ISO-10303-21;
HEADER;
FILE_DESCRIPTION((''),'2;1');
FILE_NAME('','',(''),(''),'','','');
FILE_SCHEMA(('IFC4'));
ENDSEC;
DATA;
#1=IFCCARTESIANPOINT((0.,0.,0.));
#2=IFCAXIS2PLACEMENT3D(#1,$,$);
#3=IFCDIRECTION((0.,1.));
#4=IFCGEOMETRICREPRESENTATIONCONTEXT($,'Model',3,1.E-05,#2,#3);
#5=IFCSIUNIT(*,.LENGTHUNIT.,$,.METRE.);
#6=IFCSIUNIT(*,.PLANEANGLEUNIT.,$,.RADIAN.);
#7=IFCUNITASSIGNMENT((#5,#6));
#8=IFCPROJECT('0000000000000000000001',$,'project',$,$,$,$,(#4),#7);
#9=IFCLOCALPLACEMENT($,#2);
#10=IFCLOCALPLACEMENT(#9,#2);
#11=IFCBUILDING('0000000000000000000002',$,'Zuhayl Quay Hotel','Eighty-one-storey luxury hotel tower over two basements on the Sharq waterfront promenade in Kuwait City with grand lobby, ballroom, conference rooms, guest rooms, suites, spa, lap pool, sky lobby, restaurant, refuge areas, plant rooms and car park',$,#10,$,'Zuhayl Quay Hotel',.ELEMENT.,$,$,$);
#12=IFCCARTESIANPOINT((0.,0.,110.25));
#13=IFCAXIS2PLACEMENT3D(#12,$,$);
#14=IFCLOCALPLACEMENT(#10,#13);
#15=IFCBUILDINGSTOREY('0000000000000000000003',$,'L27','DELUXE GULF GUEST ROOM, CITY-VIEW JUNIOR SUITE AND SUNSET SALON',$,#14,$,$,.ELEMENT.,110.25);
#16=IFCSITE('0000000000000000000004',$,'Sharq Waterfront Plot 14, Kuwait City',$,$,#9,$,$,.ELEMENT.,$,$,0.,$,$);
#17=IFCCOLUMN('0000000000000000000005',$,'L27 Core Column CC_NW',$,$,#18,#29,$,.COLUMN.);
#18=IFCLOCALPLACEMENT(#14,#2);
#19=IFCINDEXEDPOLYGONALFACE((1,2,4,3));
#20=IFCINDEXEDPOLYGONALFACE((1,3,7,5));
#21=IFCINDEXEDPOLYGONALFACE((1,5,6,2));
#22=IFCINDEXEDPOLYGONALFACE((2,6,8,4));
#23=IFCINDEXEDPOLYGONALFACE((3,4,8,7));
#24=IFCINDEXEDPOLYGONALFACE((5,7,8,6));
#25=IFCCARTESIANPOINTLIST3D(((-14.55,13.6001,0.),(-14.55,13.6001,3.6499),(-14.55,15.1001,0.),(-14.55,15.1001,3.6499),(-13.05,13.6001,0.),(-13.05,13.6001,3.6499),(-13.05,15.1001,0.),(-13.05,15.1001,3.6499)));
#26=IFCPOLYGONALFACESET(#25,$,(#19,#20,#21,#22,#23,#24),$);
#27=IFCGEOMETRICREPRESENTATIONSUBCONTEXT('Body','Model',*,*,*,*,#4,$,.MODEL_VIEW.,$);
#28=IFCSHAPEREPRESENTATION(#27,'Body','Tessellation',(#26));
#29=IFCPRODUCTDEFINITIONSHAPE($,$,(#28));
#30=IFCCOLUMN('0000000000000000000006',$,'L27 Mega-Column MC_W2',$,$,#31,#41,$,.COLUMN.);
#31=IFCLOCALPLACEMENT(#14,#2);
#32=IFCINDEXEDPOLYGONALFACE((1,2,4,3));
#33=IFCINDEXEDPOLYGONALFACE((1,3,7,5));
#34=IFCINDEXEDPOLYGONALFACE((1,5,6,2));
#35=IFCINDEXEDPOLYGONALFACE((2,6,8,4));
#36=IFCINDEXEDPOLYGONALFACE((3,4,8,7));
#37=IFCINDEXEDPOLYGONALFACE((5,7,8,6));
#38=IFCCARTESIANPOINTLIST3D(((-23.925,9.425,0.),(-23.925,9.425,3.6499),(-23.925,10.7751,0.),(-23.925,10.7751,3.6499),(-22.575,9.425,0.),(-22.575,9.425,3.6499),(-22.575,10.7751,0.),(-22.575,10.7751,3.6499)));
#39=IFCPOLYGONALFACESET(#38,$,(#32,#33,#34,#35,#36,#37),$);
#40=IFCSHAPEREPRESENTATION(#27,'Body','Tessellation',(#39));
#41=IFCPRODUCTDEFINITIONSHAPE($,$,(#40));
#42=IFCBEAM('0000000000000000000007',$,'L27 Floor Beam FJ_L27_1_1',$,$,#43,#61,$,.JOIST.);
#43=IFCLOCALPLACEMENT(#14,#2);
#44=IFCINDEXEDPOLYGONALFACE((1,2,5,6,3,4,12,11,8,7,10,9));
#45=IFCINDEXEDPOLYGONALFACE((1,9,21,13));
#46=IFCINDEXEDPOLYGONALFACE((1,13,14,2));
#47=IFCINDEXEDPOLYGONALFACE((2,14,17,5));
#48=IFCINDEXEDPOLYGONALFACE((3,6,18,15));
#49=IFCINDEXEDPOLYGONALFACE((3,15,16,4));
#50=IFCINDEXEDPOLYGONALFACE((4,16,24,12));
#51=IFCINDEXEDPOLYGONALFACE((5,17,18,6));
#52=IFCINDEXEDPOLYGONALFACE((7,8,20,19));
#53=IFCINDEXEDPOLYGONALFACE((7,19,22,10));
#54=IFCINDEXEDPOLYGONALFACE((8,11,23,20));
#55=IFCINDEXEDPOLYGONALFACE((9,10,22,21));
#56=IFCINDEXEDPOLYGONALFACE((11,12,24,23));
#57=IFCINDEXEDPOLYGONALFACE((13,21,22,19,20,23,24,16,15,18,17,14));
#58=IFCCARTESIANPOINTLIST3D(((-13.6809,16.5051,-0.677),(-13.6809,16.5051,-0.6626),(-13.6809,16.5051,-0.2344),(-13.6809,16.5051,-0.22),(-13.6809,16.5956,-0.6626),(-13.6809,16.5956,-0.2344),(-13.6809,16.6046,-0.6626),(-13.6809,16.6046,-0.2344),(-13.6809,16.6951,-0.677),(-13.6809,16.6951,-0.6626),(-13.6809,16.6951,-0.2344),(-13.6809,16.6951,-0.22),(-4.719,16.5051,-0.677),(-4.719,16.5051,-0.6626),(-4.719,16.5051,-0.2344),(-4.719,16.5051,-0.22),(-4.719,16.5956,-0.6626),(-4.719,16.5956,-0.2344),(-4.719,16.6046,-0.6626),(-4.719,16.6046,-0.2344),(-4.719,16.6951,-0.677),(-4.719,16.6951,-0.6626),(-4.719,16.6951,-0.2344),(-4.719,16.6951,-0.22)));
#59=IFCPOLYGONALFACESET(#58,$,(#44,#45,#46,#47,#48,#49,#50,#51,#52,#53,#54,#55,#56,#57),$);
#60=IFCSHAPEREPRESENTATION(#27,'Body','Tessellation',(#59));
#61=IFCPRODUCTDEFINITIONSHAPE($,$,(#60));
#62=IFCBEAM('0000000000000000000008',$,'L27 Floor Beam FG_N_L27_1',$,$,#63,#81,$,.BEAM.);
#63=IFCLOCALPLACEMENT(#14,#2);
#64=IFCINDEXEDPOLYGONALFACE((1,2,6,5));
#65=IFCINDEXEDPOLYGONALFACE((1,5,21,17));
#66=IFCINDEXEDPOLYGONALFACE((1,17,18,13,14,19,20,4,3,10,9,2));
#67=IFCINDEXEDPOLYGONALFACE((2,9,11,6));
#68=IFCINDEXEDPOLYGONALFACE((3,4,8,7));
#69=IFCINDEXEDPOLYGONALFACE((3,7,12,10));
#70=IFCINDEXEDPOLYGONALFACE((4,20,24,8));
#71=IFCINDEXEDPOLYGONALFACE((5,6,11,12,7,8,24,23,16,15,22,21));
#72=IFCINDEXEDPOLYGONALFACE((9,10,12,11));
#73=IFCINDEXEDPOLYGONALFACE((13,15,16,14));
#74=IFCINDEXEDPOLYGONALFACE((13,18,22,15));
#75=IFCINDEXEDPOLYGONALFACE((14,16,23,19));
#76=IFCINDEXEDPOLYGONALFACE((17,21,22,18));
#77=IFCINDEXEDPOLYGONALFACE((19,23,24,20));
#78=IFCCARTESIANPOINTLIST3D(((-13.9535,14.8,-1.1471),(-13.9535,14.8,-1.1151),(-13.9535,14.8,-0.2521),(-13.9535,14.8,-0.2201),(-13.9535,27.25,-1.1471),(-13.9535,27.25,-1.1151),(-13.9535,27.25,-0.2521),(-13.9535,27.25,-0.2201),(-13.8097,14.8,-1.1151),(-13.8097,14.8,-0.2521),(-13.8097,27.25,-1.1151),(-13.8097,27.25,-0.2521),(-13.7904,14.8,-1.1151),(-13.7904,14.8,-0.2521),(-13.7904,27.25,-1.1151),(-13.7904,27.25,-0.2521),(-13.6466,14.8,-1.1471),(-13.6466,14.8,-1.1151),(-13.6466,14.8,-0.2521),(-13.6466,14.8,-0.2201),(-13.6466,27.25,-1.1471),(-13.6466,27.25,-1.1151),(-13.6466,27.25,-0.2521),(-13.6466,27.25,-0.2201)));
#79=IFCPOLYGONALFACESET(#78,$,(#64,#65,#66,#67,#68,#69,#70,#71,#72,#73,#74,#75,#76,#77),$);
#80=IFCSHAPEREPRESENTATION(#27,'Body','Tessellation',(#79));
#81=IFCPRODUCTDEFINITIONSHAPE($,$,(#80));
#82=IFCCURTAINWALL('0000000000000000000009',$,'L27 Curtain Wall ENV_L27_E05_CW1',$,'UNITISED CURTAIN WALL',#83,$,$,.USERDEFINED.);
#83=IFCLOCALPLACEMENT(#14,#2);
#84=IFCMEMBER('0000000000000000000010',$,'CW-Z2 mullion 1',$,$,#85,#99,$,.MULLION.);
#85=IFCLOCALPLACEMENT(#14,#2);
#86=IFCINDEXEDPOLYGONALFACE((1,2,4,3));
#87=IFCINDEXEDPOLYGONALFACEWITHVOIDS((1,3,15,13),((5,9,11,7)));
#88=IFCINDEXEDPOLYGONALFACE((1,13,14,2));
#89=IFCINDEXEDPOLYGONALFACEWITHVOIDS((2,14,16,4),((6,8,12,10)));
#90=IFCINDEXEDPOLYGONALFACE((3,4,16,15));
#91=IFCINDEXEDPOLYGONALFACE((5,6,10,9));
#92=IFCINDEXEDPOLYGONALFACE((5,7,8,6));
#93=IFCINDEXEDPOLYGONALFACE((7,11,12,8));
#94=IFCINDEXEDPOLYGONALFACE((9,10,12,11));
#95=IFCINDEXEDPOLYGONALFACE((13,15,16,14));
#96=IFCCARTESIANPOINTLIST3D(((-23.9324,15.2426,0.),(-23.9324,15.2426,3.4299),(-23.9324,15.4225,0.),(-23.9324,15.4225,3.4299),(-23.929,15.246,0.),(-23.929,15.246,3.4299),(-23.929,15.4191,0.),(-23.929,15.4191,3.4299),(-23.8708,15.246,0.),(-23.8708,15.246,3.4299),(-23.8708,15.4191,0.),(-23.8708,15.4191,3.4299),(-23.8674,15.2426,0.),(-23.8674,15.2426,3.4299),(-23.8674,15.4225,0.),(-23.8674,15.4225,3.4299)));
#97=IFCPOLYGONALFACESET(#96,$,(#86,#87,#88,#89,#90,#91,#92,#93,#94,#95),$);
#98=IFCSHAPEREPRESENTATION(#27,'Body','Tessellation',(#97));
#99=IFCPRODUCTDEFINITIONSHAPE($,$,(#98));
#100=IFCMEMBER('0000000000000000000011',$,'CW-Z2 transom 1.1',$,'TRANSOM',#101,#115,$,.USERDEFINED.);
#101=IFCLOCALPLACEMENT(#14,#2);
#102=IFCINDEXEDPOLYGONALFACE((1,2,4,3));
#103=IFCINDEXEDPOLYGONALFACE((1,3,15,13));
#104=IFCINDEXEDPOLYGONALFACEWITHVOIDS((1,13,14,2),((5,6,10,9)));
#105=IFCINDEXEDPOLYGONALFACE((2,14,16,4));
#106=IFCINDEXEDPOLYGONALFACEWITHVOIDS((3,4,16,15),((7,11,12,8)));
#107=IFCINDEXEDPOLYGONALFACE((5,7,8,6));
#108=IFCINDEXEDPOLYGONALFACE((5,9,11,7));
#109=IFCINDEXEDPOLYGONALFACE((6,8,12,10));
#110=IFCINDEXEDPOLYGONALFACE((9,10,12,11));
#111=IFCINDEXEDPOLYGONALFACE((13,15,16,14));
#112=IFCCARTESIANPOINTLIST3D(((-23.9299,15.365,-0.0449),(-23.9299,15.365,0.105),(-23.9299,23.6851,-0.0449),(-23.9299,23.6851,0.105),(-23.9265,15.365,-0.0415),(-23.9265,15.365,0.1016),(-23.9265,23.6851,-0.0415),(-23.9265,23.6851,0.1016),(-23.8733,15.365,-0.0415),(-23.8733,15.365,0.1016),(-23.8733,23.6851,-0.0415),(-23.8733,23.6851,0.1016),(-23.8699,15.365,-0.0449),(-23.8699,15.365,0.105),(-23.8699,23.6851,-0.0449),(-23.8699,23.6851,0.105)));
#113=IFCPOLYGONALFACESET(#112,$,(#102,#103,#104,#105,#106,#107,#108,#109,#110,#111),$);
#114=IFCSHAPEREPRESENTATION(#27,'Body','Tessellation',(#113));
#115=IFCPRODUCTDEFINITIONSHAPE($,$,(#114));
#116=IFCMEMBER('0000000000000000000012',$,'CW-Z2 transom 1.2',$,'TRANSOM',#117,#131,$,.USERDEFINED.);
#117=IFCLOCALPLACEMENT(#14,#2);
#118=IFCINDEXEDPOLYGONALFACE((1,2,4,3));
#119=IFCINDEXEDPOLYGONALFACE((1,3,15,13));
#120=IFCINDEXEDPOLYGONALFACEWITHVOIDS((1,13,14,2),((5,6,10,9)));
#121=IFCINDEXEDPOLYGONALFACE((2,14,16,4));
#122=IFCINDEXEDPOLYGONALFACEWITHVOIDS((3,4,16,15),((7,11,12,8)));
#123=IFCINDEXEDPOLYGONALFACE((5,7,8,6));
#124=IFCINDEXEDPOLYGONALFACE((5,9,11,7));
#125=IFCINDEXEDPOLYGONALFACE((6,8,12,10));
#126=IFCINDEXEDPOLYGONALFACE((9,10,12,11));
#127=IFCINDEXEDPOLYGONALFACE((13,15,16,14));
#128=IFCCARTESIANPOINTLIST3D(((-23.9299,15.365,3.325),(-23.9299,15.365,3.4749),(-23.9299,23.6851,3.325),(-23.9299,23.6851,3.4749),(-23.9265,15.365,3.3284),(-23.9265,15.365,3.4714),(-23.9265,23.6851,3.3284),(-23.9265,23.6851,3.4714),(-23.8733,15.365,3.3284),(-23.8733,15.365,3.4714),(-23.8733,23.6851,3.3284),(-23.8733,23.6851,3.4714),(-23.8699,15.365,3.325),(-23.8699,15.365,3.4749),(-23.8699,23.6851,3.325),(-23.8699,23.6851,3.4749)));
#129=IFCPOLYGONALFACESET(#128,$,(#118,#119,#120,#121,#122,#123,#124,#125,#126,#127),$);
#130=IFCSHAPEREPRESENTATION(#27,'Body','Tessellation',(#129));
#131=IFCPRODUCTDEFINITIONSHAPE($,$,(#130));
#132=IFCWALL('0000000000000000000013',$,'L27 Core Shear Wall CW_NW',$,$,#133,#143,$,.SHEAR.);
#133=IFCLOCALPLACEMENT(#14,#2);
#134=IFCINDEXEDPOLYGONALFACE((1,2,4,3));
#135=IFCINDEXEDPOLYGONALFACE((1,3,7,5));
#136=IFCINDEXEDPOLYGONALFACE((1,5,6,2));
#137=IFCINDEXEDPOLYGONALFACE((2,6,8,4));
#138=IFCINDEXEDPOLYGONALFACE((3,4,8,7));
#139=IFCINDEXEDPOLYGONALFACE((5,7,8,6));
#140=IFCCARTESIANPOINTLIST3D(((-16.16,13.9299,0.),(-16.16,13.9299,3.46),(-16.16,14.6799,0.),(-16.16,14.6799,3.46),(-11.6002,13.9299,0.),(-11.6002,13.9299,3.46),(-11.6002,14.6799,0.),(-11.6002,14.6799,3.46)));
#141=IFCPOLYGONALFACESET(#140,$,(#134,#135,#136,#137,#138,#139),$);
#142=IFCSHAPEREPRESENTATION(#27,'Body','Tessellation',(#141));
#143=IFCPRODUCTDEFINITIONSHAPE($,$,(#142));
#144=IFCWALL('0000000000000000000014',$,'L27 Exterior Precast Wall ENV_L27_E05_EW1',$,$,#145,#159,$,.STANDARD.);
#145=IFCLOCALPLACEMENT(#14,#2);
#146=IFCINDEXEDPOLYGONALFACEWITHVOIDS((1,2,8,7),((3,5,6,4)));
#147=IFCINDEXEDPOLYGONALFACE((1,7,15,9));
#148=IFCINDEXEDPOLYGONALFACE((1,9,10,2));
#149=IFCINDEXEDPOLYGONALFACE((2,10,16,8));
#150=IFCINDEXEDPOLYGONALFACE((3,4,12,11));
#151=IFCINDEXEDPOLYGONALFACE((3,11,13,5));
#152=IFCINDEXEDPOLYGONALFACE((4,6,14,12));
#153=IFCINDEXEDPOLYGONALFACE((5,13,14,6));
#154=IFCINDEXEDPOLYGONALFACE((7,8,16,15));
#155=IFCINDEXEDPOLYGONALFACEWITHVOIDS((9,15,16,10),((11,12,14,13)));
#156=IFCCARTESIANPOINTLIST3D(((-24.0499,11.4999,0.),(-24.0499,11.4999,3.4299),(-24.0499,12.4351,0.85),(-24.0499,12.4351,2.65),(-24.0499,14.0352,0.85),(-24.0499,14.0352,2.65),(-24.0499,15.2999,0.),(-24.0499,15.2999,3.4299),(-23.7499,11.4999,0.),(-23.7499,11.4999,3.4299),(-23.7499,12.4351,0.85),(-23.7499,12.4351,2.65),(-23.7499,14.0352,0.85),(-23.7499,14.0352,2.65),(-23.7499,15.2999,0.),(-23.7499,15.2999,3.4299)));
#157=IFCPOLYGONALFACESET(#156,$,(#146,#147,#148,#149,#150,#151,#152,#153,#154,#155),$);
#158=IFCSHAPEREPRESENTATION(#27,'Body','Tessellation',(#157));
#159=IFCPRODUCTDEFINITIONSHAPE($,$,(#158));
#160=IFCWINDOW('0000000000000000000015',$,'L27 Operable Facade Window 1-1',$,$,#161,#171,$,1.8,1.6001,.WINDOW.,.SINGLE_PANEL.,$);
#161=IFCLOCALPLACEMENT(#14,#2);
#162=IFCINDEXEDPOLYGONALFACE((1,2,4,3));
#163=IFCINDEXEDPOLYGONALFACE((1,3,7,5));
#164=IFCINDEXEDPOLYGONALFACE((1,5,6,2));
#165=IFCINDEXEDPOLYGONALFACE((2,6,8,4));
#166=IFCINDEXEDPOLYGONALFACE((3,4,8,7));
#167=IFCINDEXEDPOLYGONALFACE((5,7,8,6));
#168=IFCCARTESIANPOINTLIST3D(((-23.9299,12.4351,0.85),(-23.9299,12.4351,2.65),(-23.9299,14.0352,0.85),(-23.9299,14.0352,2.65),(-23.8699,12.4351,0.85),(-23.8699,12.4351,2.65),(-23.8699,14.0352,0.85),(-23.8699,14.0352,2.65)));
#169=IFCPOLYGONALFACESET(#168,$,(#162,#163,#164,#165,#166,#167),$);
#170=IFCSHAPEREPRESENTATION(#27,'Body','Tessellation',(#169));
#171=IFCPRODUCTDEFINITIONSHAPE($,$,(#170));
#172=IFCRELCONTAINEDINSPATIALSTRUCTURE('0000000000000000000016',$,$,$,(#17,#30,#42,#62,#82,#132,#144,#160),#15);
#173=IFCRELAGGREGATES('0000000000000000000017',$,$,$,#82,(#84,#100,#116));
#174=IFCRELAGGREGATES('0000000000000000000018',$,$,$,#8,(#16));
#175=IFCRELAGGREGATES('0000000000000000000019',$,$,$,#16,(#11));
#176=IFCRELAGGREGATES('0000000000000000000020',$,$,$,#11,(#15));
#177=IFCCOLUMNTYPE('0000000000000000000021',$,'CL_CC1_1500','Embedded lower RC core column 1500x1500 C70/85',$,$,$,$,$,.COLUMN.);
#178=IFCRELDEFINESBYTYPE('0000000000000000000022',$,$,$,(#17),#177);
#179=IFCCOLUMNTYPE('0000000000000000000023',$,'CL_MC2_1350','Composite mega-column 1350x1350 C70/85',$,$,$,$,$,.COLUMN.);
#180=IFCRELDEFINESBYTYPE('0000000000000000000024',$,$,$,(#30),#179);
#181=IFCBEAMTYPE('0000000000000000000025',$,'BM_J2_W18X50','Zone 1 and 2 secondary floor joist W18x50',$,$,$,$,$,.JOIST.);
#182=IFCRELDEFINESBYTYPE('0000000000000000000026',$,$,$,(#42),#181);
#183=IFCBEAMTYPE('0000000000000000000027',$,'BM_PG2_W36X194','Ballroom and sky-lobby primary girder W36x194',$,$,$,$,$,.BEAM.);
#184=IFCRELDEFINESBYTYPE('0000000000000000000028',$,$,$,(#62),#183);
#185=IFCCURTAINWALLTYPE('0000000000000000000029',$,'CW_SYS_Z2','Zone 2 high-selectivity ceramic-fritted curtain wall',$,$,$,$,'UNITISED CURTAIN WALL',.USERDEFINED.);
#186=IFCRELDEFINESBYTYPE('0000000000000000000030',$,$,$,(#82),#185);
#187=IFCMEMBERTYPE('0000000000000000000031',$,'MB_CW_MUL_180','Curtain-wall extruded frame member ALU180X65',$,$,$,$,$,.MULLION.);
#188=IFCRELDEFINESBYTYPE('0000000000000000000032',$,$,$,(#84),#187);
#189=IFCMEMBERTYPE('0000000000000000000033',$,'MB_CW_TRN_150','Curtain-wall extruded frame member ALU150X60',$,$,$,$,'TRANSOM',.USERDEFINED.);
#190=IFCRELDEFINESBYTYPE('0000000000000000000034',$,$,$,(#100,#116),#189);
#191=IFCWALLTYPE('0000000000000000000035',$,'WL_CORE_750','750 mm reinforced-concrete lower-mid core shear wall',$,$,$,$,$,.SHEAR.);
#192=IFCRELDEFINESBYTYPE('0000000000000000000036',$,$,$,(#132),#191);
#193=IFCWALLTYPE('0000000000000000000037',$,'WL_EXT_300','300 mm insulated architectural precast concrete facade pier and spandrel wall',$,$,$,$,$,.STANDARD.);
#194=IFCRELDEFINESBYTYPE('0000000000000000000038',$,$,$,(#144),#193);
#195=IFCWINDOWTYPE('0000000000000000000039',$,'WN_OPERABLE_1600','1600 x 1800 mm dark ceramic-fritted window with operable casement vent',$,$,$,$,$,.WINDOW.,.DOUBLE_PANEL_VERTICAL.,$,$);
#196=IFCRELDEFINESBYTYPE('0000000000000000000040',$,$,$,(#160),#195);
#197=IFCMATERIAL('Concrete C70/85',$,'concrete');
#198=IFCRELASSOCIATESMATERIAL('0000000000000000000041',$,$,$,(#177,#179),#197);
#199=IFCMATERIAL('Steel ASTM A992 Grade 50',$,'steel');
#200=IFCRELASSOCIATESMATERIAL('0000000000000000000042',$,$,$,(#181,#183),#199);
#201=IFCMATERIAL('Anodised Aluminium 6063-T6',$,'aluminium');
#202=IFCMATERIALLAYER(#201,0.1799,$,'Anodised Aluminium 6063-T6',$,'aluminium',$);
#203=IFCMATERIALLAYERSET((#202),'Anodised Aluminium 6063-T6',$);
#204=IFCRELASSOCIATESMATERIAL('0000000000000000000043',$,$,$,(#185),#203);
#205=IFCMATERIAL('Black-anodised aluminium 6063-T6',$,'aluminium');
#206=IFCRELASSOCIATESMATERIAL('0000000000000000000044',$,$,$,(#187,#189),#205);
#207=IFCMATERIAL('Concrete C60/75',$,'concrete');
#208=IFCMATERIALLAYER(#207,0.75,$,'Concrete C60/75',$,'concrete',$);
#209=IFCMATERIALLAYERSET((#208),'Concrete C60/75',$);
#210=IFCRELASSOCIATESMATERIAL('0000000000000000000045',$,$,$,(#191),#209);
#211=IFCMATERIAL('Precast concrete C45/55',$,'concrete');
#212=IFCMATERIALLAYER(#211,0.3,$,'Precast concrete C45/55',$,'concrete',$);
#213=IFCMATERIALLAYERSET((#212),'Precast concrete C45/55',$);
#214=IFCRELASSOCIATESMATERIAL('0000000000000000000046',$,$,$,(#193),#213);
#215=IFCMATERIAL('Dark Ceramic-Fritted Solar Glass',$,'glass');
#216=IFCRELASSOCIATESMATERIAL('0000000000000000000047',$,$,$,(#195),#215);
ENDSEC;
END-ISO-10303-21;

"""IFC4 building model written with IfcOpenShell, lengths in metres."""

from ifc_helpers import new_model, si_unit, direction, frame, frame_2d, origin, origin_2d, place, context, subcontext, project, spatial, rectangle, hollow_rectangle, i_section, extrude, material, layer, layer_set, material_profile, profile_set, type_object, element, fill, aggregate, save


model = new_model("IFC4")

# Units and contexts
model_context = context("Model", 3, precision=1e-05, world=origin(), true_north=direction((0.0, 1.0)))
body_context = subcontext(model_context, "Body", "Model", "MODEL_VIEW")
ifc_project = project(units=[si_unit("LENGTHUNIT", "METRE"), si_unit("PLANEANGLEUNIT", "RADIAN")], contexts=[model_context])

# Site, building, storey
site_placement = place(None, origin())
site = spatial("IfcSite", under=ifc_project, at=site_placement, Name="Sharq Waterfront Plot 14, Kuwait City", CompositionType="ELEMENT", RefElevation=0.0)
building_placement = place(site_placement, origin())
building = spatial("IfcBuilding", under=site, at=building_placement, Name="Zuhayl Quay Hotel", Description="Eighty-one-storey luxury hotel tower over two basements on the Sharq waterfront promenade in Kuwait City with grand lobby, ballroom, conference rooms, guest rooms, suites, spa, lap pool, sky lobby, restaurant, refuge areas, plant rooms and car park", LongName="Zuhayl Quay Hotel", CompositionType="ELEMENT")
storey_placement = place(building_placement, frame((0.0, 0.0, 110.25)))
storey = spatial("IfcBuildingStorey", under=building, at=storey_placement, Name="L27", Description="DELUXE GULF GUEST ROOM, CITY-VIEW JUNIOR SUITE AND SUNSET SALON", CompositionType="ELEMENT", Elevation=110.25)

# Columns
ifc_material_1 = material(Name="Concrete C70/85", Category="concrete")
ifc_material_profile_1 = material_profile(ifc_material_1, rectangle(XDim=1.5, YDim=1.5, at=origin_2d()), Name="RC1500X1500")
ifc_profile_set_1 = profile_set([ifc_material_profile_1], Name="Concrete C70/85")
column_type_1 = type_object("IfcColumnType", Name="CL_CC1_1500", Description="Embedded lower RC core column 1500x1500 C70/85", PredefinedType="COLUMN", material=ifc_profile_set_1)
column_1_placement = place(storey_placement, frame((-13.8, 14.3501, 0.0), z_axis=(0.0, 0.0, 1.0), x_axis=(1.0, 0.0, 0.0)))
element("IfcColumn", 1, at=column_1_placement, inside=storey, type_object=column_type_1, Name="L27 Core Column CC_NW", PredefinedType="COLUMN", context=body_context, shape_type="SweptSolid", body=[
    extrude(rectangle(XDim=1.5, YDim=1.5, at=origin_2d()), origin(), (0.0, 0.0, 1.0), 3.6499),
])
ifc_material_profile_2 = material_profile(ifc_material_1, rectangle(XDim=1.3501, YDim=1.3501, at=origin_2d()), Name="RC1350X1350")
ifc_profile_set_2 = profile_set([ifc_material_profile_2], Name="Concrete C70/85")
column_type_2 = type_object("IfcColumnType", Name="CL_MC2_1350", Description="Composite mega-column 1350x1350 C70/85", PredefinedType="COLUMN", material=ifc_profile_set_2)
column_2_placement = place(storey_placement, frame((-23.25, 10.1001, 0.0), z_axis=(0.0, 0.0, 1.0), x_axis=(1.0, 0.0, 0.0)))
element("IfcColumn", 2, at=column_2_placement, inside=storey, type_object=column_type_2, Name="L27 Mega-Column MC_W2", PredefinedType="COLUMN", context=body_context, shape_type="SweptSolid", body=[
    extrude(rectangle(XDim=1.3501, YDim=1.3501, at=origin_2d()), origin(), (0.0, 0.0, 1.0), 3.6499),
])

# Beams
ifc_material_2 = material(Name="Steel ASTM A992 Grade 50", Category="steel")
ifc_material_profile_3 = material_profile(ifc_material_2, i_section(OverallWidth=0.1899, OverallDepth=0.457, WebThickness=0.009, FlangeThickness=0.0144, at=origin_2d()), Name="W18X50")
ifc_profile_set_3 = profile_set([ifc_material_profile_3], Name="Steel ASTM A992 Grade 50")
beam_type_1 = type_object("IfcBeamType", Name="BM_J2_W18X50", Description="Zone 1 and 2 secondary floor joist W18x50", PredefinedType="JOIST", material=ifc_profile_set_3)
beam_1_placement = place(storey_placement, frame((-13.6809, 16.6001, -0.4485), z_axis=(1.0, 0.0, 0.0), x_axis=(0.0, 1.0, 0.0)))
element("IfcBeam", 3, at=beam_1_placement, inside=storey, type_object=beam_type_1, Name="L27 Floor Beam FJ_L27_1_1", PredefinedType="JOIST", context=body_context, shape_type="SweptSolid", body=[
    extrude(i_section(OverallWidth=0.1899, OverallDepth=0.457, WebThickness=0.009, FlangeThickness=0.0144, at=origin_2d()), origin(), (0.0, 0.0, 1.0), 8.9619),
])
ifc_material_profile_4 = material_profile(ifc_material_2, i_section(OverallWidth=0.3069, OverallDepth=0.927, WebThickness=0.0193, FlangeThickness=0.032, at=origin_2d()), Name="W36X194")
ifc_profile_set_4 = profile_set([ifc_material_profile_4], Name="Steel ASTM A992 Grade 50")
beam_type_2 = type_object("IfcBeamType", Name="BM_PG2_W36X194", Description="Ballroom and sky-lobby primary girder W36x194", PredefinedType="BEAM", material=ifc_profile_set_4)
beam_2_placement = place(storey_placement, frame((-13.8, 14.8, -0.6836), z_axis=(0.0, 1.0, 0.0), x_axis=(-1.0, 0.0, 0.0)))
element("IfcBeam", 4, at=beam_2_placement, inside=storey, type_object=beam_type_2, Name="L27 Floor Beam FG_N_L27_1", PredefinedType="BEAM", context=body_context, shape_type="SweptSolid", body=[
    extrude(i_section(OverallWidth=0.3069, OverallDepth=0.927, WebThickness=0.0193, FlangeThickness=0.032, at=origin_2d()), origin(), (0.0, 0.0, 1.0), 12.45),
])

# Curtain wall, members
ifc_material_3 = material(Name="Anodised Aluminium 6063-T6", Category="aluminium")
ifc_layer_1 = layer(ifc_material_3, 0.1799, Name="Anodised Aluminium 6063-T6", Category="aluminium")
ifc_layer_set_1 = layer_set([ifc_layer_1], Name="Anodised Aluminium 6063-T6")
curtain_wall_type = type_object("IfcCurtainWallType", Name="CW_SYS_Z2", Description="Zone 2 high-selectivity ceramic-fritted curtain wall", ElementType="UNITISED CURTAIN WALL", PredefinedType="USERDEFINED", material=ifc_layer_set_1)
curtain_wall_placement = place(storey_placement, origin())
curtain_wall = element("IfcCurtainWall", 5, at=curtain_wall_placement, inside=storey, type_object=curtain_wall_type, Name="L27 Curtain Wall ENV_L27_E05_CW1", ObjectType="UNITISED CURTAIN WALL", PredefinedType="USERDEFINED")
ifc_material_4 = material(Name="Black-anodised aluminium 6063-T6", Category="aluminium")
ifc_material_profile_5 = material_profile(ifc_material_4, hollow_rectangle(XDim=0.0649, YDim=0.1799, WallThickness=0.0034, at=origin_2d()), Name="ALU180X65")
ifc_profile_set_5 = profile_set([ifc_material_profile_5], Name="Black-anodised aluminium 6063-T6")
member_type_1 = type_object("IfcMemberType", Name="MB_CW_MUL_180", Description="Curtain-wall extruded frame member ALU180X65", PredefinedType="MULLION", material=ifc_profile_set_5)
member_1_placement = place(storey_placement, frame((-23.8999, 15.3325, 0.0), z_axis=(0.0, 0.0, 1.0), x_axis=(-1.0, 0.0, 0.0)))
member_1 = element("IfcMember", 6, at=member_1_placement, type_object=member_type_1, Name="CW-Z2 mullion 1", PredefinedType="MULLION", context=body_context, shape_type="SweptSolid", body=[
    extrude(hollow_rectangle(XDim=0.0649, YDim=0.1799, WallThickness=0.0034, at=origin_2d()), origin(), (0.0, 0.0, 1.0), 3.4299),
])
ifc_material_profile_6 = material_profile(ifc_material_4, hollow_rectangle(XDim=0.0601, YDim=0.1499, WallThickness=0.0034, at=origin_2d()), Name="ALU150X60")
ifc_profile_set_6 = profile_set([ifc_material_profile_6], Name="Black-anodised aluminium 6063-T6")
member_type_2 = type_object("IfcMemberType", Name="MB_CW_TRN_150", Description="Curtain-wall extruded frame member ALU150X60", ElementType="TRANSOM", PredefinedType="USERDEFINED", material=ifc_profile_set_6)
member_2_placement = place(storey_placement, frame((-23.8999, 15.365, 0.03), z_axis=(0.0, 1.0, 0.0), x_axis=(-1.0, 0.0, 0.0)))
member_2 = element("IfcMember", 7, at=member_2_placement, type_object=member_type_2, Name="CW-Z2 transom 1.1", ObjectType="TRANSOM", PredefinedType="USERDEFINED", context=body_context, shape_type="SweptSolid", body=[
    extrude(hollow_rectangle(XDim=0.0601, YDim=0.1499, WallThickness=0.0034, at=origin_2d()), origin(), (0.0, 0.0, 1.0), 8.3201),
])
member_3_placement = place(storey_placement, frame((-23.8999, 15.365, 3.3999), z_axis=(0.0, 1.0, 0.0), x_axis=(-1.0, 0.0, 0.0)))
member_3 = element("IfcMember", 8, at=member_3_placement, type_object=member_type_2, Name="CW-Z2 transom 1.2", ObjectType="TRANSOM", PredefinedType="USERDEFINED", context=body_context, shape_type="SweptSolid", body=[
    extrude(hollow_rectangle(XDim=0.0601, YDim=0.1499, WallThickness=0.0034, at=origin_2d()), origin(), (0.0, 0.0, 1.0), 8.3201),
])
aggregate(curtain_wall, [member_1, member_2, member_3])

# Wall
ifc_material_5 = material(Name="Concrete C60/75", Category="concrete")
ifc_layer_2 = layer(ifc_material_5, 0.75, Name="Concrete C60/75", Category="concrete")
ifc_layer_set_2 = layer_set([ifc_layer_2], Name="Concrete C60/75")
wall_type_1 = type_object("IfcWallType", Name="WL_CORE_750", Description="750 mm reinforced-concrete lower-mid core shear wall", PredefinedType="SHEAR", material=ifc_layer_set_2)
wall_1_placement = place(storey_placement, frame((-16.1599, 14.3049, 0.0), z_axis=(0.0, 0.0, 1.0), x_axis=(1.0, 0.0, 0.0)))
element("IfcWall", 9, at=wall_1_placement, inside=storey, type_object=wall_type_1, Name="L27 Core Shear Wall CW_NW", PredefinedType="SHEAR", context=body_context, shape_type="SweptSolid", body=[
    extrude(rectangle(XDim=4.5598, YDim=0.75, at=frame_2d((2.2798, 0.0))), origin(), (0.0, 0.0, 1.0), 3.46),
])

# Wall, opening, window
ifc_material_6 = material(Name="Precast concrete C45/55", Category="concrete")
ifc_layer_3 = layer(ifc_material_6, 0.3, Name="Precast concrete C45/55", Category="concrete")
ifc_layer_set_3 = layer_set([ifc_layer_3], Name="Precast concrete C45/55")
wall_type_2 = type_object("IfcWallType", Name="WL_EXT_300", Description="300 mm insulated architectural precast concrete facade pier and spandrel wall", PredefinedType="STANDARD", material=ifc_layer_set_3)
wall_2_placement = place(storey_placement, frame((-23.8999, 11.5, 0.0), z_axis=(0.0, 0.0, 1.0), x_axis=(0.0, 1.0, 0.0)))
wall_2 = element("IfcWall", 10, at=wall_2_placement, inside=storey, type_object=wall_type_2, Name="L27 Exterior Precast Wall ENV_L27_E05_EW1", PredefinedType="STANDARD", context=body_context, shape_type="SweptSolid", body=[
    extrude(rectangle(XDim=3.8, YDim=0.3, at=frame_2d((1.8999, 0.0))), origin(), (0.0, 0.0, 1.0), 3.4299),
])
opening_1_placement = place(wall_2_placement, frame((0.9351, 0.0, 0.8501)))
opening_1 = element("IfcOpeningElement", 11, at=opening_1_placement, cuts=wall_2, PredefinedType="OPENING", context=body_context, shape_type="SweptSolid", body=[
    extrude(rectangle(XDim=1.6001, YDim=1.8, at=frame_2d((0.8, 0.8999))), frame((0.0, 0.1599, 0.0), z_axis=(0.0, -1.0, 0.0), x_axis=(1.0, 0.0, 0.0)), (0.0, 0.0, 1.0), 0.3201),
])
ifc_material_7 = material(Name="Dark Ceramic-Fritted Solar Glass", Category="glass")
window_type = type_object("IfcWindowType", Name="WN_OPERABLE_1600", Description="1600 x 1800 mm dark ceramic-fritted window with operable casement vent", PartitioningType="DOUBLE_PANEL_VERTICAL", PredefinedType="WINDOW", material=ifc_material_7)
window_placement = place(opening_1_placement, origin())
window = element("IfcWindow", 12, at=window_placement, inside=storey, type_object=window_type, Name="L27 Operable Facade Window 1-1", OverallHeight=1.8, OverallWidth=1.6001, PartitioningType="SINGLE_PANEL", PredefinedType="WINDOW", context=body_context, shape_type="SweptSolid", body=[
    extrude(rectangle(XDim=1.6001, YDim=1.8, at=frame_2d((0.8, 0.8999))), frame((0.0, 0.03, 0.0), z_axis=(0.0, -1.0, 0.0), x_axis=(1.0, 0.0, 0.0)), (0.0, 0.0, 1.0), 0.0601),
])
fill(opening_1, window)

save(model, "model.ifc")
